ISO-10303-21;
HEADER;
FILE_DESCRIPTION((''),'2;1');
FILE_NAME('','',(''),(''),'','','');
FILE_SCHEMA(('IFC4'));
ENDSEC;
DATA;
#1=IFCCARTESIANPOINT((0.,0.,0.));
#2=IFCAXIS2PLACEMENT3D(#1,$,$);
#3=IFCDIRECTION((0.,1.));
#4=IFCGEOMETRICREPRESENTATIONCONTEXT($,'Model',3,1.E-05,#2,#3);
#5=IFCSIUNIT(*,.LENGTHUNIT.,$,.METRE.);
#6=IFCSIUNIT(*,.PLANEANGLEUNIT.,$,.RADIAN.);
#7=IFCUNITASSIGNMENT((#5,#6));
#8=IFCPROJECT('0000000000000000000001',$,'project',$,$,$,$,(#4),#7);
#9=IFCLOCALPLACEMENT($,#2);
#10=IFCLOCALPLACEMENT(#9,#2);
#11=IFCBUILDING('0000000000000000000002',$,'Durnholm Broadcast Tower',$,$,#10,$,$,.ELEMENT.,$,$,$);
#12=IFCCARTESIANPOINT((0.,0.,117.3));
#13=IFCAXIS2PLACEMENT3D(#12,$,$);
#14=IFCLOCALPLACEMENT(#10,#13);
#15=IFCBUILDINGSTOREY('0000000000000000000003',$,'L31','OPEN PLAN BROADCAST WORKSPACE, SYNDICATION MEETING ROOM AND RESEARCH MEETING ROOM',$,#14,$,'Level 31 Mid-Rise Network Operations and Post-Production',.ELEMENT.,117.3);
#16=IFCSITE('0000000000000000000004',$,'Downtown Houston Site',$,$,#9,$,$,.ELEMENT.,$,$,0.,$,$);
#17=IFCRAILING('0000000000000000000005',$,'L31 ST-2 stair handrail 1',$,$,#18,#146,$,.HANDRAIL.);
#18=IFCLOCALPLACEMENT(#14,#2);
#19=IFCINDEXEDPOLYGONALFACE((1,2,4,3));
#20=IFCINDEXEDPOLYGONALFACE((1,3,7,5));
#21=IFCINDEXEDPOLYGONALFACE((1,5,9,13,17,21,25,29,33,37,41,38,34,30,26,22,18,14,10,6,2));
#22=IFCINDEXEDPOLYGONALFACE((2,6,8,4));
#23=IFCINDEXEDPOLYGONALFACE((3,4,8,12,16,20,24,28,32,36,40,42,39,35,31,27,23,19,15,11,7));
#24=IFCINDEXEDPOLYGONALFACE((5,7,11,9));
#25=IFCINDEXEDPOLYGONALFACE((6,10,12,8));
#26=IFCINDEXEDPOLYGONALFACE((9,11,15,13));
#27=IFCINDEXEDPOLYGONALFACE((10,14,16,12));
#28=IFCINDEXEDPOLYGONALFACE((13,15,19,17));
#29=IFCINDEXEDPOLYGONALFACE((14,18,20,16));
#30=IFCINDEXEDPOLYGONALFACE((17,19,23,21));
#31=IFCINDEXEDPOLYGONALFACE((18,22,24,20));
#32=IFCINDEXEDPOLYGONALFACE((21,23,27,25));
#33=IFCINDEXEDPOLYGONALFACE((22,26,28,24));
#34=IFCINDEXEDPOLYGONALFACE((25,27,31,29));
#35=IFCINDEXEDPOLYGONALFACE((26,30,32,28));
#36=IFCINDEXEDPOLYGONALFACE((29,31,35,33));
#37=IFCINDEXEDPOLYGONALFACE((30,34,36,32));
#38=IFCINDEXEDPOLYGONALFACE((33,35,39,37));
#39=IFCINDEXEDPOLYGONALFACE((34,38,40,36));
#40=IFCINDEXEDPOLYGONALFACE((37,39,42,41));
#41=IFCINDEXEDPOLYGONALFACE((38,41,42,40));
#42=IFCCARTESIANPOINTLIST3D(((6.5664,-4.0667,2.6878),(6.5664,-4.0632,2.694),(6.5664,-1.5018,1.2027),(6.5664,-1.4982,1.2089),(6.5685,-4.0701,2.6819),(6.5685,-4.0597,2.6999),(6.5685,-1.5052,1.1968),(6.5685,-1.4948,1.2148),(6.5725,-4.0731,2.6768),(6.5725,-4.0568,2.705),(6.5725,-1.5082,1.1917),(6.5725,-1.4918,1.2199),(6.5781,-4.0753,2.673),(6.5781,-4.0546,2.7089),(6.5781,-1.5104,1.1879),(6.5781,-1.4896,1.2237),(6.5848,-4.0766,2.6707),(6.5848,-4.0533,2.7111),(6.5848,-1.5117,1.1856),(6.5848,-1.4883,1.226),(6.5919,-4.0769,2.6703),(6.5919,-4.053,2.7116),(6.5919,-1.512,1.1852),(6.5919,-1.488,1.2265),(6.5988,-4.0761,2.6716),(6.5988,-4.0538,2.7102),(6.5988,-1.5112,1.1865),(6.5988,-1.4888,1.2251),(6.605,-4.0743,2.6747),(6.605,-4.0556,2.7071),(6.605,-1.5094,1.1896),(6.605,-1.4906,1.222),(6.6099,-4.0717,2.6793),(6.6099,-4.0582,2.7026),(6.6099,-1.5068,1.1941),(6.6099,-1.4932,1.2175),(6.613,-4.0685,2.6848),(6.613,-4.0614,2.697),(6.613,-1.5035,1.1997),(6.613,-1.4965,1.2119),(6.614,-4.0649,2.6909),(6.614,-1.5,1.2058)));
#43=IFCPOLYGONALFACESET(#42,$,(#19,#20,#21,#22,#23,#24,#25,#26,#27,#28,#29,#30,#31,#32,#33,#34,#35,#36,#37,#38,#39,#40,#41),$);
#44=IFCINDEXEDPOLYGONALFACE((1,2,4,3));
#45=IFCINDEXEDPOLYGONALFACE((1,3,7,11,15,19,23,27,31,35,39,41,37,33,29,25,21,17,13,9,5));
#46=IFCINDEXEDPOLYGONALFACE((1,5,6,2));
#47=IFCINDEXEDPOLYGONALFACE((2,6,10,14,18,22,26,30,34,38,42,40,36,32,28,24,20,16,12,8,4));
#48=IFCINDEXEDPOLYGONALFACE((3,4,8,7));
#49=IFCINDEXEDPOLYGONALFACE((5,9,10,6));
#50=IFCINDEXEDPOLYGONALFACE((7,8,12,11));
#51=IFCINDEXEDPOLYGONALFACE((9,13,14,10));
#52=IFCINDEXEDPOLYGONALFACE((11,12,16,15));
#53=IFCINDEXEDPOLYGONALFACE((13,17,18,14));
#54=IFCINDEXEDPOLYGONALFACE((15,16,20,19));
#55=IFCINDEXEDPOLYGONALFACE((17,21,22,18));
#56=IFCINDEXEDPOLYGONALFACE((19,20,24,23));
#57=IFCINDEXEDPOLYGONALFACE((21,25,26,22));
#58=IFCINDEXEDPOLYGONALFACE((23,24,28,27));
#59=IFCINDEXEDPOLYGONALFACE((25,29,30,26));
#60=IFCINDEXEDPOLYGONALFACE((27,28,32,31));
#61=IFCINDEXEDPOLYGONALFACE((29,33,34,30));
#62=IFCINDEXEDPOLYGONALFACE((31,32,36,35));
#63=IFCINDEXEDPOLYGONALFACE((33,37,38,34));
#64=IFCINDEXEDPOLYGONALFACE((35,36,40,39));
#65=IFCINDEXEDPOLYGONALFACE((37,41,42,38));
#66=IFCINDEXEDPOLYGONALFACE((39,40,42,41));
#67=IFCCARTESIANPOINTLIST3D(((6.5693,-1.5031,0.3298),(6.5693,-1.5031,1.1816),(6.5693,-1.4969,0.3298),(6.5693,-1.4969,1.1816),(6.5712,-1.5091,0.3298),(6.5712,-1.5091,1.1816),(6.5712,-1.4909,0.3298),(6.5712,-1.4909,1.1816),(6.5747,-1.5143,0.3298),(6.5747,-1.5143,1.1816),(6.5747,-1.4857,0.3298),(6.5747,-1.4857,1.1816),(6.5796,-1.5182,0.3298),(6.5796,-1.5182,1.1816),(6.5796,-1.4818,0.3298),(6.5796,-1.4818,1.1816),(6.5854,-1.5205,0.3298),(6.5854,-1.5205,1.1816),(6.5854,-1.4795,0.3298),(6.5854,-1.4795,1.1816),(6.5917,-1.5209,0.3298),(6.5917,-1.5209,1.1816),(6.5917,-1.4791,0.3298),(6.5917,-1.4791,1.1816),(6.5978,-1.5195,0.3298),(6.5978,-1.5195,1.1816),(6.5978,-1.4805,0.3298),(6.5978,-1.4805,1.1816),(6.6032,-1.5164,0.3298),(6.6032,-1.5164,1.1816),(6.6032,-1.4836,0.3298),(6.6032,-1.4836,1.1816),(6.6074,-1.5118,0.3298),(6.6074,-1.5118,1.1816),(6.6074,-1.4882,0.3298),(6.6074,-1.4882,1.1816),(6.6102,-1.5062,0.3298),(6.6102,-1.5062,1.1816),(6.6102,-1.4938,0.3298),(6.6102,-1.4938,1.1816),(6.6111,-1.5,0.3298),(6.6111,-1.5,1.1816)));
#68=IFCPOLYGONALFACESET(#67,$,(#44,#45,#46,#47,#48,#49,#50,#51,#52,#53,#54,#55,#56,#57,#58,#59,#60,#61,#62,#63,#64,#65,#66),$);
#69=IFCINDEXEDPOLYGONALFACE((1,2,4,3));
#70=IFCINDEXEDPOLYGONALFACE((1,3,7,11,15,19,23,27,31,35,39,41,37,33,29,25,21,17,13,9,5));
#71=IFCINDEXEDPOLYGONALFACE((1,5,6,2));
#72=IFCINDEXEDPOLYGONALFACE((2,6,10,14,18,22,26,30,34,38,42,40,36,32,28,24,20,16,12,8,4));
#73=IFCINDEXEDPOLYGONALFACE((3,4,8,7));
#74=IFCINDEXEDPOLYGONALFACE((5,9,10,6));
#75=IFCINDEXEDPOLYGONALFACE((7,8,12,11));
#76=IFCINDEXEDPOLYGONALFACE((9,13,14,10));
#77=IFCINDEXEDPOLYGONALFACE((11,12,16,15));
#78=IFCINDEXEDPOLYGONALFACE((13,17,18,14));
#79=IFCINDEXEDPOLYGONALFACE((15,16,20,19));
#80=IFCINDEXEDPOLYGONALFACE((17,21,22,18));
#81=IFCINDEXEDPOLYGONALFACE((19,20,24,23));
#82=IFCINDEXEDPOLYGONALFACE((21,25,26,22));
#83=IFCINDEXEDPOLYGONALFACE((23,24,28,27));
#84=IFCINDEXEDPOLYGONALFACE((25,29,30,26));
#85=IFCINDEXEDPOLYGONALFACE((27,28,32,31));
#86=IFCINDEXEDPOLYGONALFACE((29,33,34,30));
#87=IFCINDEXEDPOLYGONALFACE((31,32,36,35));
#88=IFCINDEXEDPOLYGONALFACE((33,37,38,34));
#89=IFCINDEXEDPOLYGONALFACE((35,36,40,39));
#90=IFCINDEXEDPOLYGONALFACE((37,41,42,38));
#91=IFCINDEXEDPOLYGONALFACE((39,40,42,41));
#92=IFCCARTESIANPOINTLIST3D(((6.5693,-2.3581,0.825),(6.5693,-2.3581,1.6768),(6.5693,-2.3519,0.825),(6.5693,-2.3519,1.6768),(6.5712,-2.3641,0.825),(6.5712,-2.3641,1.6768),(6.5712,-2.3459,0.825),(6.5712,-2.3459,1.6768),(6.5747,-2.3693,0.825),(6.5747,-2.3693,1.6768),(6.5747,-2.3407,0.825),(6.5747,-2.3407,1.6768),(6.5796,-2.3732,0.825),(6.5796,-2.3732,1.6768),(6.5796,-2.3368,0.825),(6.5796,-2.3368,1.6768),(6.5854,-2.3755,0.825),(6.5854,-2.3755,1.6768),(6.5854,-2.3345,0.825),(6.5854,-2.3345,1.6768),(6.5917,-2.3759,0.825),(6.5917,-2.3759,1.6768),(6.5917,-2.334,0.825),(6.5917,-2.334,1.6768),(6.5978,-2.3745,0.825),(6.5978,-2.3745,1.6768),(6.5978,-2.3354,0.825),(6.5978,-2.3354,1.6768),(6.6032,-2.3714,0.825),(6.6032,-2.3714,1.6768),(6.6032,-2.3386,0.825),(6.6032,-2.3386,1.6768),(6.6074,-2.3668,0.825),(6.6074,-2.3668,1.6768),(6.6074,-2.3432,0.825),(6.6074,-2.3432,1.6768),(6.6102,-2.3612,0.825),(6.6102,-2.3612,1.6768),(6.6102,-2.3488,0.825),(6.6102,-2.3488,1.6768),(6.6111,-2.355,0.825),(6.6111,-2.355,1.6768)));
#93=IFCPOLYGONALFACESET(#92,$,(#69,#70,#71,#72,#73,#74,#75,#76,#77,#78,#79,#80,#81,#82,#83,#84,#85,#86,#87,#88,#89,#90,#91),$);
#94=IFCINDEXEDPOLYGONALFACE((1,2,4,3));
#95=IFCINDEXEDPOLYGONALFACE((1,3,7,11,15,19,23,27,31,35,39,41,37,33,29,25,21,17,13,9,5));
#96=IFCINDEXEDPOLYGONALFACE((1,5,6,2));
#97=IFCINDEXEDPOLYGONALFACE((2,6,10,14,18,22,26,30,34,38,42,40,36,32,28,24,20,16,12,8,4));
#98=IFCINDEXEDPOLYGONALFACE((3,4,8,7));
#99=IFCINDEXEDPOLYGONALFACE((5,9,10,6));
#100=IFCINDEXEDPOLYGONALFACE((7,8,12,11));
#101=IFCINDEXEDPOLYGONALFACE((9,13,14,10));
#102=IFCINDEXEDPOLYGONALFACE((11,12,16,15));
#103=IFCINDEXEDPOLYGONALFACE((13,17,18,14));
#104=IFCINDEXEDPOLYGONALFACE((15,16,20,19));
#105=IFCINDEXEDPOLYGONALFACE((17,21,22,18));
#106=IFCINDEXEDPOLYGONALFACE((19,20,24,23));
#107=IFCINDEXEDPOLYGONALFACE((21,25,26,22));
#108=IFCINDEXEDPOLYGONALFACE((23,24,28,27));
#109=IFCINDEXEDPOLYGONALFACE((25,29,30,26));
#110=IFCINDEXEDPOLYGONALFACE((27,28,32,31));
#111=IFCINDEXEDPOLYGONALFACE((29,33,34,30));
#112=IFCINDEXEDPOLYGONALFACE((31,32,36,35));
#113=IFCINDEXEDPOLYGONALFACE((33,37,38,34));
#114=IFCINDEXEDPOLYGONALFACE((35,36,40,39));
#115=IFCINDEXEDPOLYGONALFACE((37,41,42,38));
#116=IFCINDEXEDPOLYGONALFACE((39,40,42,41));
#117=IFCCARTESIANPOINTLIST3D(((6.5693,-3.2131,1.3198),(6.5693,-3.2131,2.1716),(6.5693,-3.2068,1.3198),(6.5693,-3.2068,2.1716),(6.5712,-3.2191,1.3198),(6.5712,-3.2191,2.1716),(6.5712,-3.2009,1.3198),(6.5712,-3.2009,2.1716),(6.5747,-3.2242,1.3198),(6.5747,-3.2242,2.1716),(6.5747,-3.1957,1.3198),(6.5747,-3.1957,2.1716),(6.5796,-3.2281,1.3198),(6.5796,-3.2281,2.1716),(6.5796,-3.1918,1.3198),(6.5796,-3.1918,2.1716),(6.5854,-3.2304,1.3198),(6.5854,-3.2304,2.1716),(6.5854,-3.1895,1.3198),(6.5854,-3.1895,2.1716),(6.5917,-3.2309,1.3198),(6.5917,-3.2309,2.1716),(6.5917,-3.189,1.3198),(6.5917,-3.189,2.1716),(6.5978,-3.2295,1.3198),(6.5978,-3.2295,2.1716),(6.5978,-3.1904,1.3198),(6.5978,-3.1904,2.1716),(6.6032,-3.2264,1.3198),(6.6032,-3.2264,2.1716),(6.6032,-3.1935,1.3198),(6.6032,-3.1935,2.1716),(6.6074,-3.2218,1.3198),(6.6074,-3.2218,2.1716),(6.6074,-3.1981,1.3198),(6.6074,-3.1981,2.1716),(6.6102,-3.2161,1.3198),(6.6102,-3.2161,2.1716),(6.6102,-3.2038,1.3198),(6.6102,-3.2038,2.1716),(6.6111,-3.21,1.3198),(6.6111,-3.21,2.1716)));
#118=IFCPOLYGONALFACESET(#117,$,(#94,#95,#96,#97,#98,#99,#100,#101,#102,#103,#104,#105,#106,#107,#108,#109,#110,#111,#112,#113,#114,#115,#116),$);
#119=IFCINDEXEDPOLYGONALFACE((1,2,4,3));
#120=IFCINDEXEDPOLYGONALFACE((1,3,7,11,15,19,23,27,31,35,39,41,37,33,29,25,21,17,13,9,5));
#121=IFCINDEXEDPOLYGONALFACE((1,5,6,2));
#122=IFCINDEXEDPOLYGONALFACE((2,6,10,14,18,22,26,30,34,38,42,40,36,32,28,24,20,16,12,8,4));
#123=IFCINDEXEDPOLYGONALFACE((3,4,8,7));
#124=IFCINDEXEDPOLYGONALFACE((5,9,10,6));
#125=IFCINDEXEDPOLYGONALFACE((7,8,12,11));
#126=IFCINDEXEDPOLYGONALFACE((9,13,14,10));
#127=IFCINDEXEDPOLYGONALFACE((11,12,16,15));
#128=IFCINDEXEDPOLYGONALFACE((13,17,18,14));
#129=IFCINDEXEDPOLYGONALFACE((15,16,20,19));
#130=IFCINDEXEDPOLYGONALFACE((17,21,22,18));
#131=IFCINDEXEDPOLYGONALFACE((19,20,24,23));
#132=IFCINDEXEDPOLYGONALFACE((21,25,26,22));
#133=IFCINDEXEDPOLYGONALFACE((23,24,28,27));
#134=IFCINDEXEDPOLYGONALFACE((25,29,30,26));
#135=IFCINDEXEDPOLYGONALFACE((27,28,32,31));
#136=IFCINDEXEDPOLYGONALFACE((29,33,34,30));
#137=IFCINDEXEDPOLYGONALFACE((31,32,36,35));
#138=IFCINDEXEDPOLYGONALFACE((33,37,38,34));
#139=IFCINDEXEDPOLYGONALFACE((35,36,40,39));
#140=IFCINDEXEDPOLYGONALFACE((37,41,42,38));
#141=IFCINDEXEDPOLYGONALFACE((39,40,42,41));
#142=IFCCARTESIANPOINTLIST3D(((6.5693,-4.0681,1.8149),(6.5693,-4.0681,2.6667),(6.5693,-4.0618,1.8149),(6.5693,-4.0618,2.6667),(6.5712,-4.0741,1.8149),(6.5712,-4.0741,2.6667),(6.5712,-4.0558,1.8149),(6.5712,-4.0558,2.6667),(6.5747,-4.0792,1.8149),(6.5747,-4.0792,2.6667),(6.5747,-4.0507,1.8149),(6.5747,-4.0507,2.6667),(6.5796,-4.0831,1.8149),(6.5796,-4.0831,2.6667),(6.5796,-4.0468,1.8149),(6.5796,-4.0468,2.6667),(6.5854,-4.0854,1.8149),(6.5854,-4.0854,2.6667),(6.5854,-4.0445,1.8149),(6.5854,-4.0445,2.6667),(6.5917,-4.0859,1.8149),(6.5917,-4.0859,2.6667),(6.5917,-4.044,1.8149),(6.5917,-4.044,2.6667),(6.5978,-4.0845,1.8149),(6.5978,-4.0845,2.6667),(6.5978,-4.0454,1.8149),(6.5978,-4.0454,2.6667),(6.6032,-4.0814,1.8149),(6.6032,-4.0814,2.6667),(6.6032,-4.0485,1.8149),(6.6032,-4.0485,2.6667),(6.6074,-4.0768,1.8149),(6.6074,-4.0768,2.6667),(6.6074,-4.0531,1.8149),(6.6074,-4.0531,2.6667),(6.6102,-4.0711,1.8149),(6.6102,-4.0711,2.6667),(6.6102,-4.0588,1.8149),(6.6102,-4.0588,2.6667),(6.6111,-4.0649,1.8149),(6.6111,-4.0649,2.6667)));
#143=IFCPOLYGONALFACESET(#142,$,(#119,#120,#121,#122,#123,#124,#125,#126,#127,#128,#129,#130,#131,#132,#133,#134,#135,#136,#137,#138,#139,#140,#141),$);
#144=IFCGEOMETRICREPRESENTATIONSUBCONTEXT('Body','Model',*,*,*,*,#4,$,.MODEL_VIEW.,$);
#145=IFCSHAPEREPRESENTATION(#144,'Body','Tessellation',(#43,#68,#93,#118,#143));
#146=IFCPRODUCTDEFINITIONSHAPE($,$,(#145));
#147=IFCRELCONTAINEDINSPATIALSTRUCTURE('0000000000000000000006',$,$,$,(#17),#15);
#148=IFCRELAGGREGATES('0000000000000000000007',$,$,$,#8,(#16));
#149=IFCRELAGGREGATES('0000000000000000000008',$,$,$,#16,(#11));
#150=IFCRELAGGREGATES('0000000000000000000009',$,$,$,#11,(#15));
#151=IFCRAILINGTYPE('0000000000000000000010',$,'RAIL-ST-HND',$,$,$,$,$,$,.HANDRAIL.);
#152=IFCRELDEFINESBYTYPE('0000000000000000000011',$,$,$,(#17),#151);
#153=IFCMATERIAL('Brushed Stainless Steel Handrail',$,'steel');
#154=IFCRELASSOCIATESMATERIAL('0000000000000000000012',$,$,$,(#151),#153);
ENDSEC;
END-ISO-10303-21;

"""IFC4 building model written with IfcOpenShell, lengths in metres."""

from ifc_helpers import new_model, si_unit, direction, frame, origin, origin_2d, place, context, subcontext, project, spatial, circle, extrude, material, type_object, element, save


model = new_model("IFC4")

# Units and contexts
model_context = context("Model", 3, precision=1e-05, world=origin(), true_north=direction((0.0, 1.0)))
body_context = subcontext(model_context, "Body", "Model", "MODEL_VIEW")
ifc_project = project(units=[si_unit("LENGTHUNIT", "METRE"), si_unit("PLANEANGLEUNIT", "RADIAN")], contexts=[model_context])

# Site, building, storey
site_placement = place(None, origin())
site = spatial("IfcSite", under=ifc_project, at=site_placement, Name="Downtown Houston Site", CompositionType="ELEMENT", RefElevation=0.0)
building_placement = place(site_placement, origin())
building = spatial("IfcBuilding", under=site, at=building_placement, Name="Durnholm Broadcast Tower", CompositionType="ELEMENT")
storey_placement = place(building_placement, frame((0.0, 0.0, 117.3)))
storey = spatial("IfcBuildingStorey", under=building, at=storey_placement, Name="L31", Description="OPEN PLAN BROADCAST WORKSPACE, SYNDICATION MEETING ROOM AND RESEARCH MEETING ROOM", LongName="Level 31 Mid-Rise Network Operations and Post-Production", CompositionType="ELEMENT", Elevation=117.3)

# Railing
ifc_material_1 = material(Name="Brushed Stainless Steel Handrail", Category="steel")
railing_type_1 = type_object("IfcRailingType", Name="RAIL-ST-HND", PredefinedType="HANDRAIL", material=ifc_material_1)
railing_1_placement = place(storey_placement, frame((6.5901, -1.5, 0.3298)))
element("IfcRailing", 1, at=railing_1_placement, inside=storey, type_object=railing_type_1, Name="L31 ST-2 stair handrail 1", PredefinedType="HANDRAIL", context=body_context, shape_type="SweptSolid", body=[
    extrude(circle(Radius=0.0239, at=origin_2d()), frame((0.0, 0.0, 0.876), z_axis=(0.0, -0.865406, 0.501072), x_axis=(1.0, 0.0, 0.0)), (0.0, 0.0, 1.0), 2.9639),
    extrude(circle(Radius=0.021, at=origin_2d()), origin(), (0.0, 0.0, 1.0), 0.8518),
    extrude(circle(Radius=0.021, at=origin_2d()), frame((0.0, -0.855, 0.4951)), (0.0, 0.0, 1.0), 0.8518),
    extrude(circle(Radius=0.021, at=origin_2d()), frame((0.0, -1.71, 0.99)), (0.0, 0.0, 1.0), 0.8518),
    extrude(circle(Radius=0.021, at=origin_2d()), frame((0.0, -2.5649, 1.4851)), (0.0, 0.0, 1.0), 0.8518),
])

save(model, "model.ifc")
